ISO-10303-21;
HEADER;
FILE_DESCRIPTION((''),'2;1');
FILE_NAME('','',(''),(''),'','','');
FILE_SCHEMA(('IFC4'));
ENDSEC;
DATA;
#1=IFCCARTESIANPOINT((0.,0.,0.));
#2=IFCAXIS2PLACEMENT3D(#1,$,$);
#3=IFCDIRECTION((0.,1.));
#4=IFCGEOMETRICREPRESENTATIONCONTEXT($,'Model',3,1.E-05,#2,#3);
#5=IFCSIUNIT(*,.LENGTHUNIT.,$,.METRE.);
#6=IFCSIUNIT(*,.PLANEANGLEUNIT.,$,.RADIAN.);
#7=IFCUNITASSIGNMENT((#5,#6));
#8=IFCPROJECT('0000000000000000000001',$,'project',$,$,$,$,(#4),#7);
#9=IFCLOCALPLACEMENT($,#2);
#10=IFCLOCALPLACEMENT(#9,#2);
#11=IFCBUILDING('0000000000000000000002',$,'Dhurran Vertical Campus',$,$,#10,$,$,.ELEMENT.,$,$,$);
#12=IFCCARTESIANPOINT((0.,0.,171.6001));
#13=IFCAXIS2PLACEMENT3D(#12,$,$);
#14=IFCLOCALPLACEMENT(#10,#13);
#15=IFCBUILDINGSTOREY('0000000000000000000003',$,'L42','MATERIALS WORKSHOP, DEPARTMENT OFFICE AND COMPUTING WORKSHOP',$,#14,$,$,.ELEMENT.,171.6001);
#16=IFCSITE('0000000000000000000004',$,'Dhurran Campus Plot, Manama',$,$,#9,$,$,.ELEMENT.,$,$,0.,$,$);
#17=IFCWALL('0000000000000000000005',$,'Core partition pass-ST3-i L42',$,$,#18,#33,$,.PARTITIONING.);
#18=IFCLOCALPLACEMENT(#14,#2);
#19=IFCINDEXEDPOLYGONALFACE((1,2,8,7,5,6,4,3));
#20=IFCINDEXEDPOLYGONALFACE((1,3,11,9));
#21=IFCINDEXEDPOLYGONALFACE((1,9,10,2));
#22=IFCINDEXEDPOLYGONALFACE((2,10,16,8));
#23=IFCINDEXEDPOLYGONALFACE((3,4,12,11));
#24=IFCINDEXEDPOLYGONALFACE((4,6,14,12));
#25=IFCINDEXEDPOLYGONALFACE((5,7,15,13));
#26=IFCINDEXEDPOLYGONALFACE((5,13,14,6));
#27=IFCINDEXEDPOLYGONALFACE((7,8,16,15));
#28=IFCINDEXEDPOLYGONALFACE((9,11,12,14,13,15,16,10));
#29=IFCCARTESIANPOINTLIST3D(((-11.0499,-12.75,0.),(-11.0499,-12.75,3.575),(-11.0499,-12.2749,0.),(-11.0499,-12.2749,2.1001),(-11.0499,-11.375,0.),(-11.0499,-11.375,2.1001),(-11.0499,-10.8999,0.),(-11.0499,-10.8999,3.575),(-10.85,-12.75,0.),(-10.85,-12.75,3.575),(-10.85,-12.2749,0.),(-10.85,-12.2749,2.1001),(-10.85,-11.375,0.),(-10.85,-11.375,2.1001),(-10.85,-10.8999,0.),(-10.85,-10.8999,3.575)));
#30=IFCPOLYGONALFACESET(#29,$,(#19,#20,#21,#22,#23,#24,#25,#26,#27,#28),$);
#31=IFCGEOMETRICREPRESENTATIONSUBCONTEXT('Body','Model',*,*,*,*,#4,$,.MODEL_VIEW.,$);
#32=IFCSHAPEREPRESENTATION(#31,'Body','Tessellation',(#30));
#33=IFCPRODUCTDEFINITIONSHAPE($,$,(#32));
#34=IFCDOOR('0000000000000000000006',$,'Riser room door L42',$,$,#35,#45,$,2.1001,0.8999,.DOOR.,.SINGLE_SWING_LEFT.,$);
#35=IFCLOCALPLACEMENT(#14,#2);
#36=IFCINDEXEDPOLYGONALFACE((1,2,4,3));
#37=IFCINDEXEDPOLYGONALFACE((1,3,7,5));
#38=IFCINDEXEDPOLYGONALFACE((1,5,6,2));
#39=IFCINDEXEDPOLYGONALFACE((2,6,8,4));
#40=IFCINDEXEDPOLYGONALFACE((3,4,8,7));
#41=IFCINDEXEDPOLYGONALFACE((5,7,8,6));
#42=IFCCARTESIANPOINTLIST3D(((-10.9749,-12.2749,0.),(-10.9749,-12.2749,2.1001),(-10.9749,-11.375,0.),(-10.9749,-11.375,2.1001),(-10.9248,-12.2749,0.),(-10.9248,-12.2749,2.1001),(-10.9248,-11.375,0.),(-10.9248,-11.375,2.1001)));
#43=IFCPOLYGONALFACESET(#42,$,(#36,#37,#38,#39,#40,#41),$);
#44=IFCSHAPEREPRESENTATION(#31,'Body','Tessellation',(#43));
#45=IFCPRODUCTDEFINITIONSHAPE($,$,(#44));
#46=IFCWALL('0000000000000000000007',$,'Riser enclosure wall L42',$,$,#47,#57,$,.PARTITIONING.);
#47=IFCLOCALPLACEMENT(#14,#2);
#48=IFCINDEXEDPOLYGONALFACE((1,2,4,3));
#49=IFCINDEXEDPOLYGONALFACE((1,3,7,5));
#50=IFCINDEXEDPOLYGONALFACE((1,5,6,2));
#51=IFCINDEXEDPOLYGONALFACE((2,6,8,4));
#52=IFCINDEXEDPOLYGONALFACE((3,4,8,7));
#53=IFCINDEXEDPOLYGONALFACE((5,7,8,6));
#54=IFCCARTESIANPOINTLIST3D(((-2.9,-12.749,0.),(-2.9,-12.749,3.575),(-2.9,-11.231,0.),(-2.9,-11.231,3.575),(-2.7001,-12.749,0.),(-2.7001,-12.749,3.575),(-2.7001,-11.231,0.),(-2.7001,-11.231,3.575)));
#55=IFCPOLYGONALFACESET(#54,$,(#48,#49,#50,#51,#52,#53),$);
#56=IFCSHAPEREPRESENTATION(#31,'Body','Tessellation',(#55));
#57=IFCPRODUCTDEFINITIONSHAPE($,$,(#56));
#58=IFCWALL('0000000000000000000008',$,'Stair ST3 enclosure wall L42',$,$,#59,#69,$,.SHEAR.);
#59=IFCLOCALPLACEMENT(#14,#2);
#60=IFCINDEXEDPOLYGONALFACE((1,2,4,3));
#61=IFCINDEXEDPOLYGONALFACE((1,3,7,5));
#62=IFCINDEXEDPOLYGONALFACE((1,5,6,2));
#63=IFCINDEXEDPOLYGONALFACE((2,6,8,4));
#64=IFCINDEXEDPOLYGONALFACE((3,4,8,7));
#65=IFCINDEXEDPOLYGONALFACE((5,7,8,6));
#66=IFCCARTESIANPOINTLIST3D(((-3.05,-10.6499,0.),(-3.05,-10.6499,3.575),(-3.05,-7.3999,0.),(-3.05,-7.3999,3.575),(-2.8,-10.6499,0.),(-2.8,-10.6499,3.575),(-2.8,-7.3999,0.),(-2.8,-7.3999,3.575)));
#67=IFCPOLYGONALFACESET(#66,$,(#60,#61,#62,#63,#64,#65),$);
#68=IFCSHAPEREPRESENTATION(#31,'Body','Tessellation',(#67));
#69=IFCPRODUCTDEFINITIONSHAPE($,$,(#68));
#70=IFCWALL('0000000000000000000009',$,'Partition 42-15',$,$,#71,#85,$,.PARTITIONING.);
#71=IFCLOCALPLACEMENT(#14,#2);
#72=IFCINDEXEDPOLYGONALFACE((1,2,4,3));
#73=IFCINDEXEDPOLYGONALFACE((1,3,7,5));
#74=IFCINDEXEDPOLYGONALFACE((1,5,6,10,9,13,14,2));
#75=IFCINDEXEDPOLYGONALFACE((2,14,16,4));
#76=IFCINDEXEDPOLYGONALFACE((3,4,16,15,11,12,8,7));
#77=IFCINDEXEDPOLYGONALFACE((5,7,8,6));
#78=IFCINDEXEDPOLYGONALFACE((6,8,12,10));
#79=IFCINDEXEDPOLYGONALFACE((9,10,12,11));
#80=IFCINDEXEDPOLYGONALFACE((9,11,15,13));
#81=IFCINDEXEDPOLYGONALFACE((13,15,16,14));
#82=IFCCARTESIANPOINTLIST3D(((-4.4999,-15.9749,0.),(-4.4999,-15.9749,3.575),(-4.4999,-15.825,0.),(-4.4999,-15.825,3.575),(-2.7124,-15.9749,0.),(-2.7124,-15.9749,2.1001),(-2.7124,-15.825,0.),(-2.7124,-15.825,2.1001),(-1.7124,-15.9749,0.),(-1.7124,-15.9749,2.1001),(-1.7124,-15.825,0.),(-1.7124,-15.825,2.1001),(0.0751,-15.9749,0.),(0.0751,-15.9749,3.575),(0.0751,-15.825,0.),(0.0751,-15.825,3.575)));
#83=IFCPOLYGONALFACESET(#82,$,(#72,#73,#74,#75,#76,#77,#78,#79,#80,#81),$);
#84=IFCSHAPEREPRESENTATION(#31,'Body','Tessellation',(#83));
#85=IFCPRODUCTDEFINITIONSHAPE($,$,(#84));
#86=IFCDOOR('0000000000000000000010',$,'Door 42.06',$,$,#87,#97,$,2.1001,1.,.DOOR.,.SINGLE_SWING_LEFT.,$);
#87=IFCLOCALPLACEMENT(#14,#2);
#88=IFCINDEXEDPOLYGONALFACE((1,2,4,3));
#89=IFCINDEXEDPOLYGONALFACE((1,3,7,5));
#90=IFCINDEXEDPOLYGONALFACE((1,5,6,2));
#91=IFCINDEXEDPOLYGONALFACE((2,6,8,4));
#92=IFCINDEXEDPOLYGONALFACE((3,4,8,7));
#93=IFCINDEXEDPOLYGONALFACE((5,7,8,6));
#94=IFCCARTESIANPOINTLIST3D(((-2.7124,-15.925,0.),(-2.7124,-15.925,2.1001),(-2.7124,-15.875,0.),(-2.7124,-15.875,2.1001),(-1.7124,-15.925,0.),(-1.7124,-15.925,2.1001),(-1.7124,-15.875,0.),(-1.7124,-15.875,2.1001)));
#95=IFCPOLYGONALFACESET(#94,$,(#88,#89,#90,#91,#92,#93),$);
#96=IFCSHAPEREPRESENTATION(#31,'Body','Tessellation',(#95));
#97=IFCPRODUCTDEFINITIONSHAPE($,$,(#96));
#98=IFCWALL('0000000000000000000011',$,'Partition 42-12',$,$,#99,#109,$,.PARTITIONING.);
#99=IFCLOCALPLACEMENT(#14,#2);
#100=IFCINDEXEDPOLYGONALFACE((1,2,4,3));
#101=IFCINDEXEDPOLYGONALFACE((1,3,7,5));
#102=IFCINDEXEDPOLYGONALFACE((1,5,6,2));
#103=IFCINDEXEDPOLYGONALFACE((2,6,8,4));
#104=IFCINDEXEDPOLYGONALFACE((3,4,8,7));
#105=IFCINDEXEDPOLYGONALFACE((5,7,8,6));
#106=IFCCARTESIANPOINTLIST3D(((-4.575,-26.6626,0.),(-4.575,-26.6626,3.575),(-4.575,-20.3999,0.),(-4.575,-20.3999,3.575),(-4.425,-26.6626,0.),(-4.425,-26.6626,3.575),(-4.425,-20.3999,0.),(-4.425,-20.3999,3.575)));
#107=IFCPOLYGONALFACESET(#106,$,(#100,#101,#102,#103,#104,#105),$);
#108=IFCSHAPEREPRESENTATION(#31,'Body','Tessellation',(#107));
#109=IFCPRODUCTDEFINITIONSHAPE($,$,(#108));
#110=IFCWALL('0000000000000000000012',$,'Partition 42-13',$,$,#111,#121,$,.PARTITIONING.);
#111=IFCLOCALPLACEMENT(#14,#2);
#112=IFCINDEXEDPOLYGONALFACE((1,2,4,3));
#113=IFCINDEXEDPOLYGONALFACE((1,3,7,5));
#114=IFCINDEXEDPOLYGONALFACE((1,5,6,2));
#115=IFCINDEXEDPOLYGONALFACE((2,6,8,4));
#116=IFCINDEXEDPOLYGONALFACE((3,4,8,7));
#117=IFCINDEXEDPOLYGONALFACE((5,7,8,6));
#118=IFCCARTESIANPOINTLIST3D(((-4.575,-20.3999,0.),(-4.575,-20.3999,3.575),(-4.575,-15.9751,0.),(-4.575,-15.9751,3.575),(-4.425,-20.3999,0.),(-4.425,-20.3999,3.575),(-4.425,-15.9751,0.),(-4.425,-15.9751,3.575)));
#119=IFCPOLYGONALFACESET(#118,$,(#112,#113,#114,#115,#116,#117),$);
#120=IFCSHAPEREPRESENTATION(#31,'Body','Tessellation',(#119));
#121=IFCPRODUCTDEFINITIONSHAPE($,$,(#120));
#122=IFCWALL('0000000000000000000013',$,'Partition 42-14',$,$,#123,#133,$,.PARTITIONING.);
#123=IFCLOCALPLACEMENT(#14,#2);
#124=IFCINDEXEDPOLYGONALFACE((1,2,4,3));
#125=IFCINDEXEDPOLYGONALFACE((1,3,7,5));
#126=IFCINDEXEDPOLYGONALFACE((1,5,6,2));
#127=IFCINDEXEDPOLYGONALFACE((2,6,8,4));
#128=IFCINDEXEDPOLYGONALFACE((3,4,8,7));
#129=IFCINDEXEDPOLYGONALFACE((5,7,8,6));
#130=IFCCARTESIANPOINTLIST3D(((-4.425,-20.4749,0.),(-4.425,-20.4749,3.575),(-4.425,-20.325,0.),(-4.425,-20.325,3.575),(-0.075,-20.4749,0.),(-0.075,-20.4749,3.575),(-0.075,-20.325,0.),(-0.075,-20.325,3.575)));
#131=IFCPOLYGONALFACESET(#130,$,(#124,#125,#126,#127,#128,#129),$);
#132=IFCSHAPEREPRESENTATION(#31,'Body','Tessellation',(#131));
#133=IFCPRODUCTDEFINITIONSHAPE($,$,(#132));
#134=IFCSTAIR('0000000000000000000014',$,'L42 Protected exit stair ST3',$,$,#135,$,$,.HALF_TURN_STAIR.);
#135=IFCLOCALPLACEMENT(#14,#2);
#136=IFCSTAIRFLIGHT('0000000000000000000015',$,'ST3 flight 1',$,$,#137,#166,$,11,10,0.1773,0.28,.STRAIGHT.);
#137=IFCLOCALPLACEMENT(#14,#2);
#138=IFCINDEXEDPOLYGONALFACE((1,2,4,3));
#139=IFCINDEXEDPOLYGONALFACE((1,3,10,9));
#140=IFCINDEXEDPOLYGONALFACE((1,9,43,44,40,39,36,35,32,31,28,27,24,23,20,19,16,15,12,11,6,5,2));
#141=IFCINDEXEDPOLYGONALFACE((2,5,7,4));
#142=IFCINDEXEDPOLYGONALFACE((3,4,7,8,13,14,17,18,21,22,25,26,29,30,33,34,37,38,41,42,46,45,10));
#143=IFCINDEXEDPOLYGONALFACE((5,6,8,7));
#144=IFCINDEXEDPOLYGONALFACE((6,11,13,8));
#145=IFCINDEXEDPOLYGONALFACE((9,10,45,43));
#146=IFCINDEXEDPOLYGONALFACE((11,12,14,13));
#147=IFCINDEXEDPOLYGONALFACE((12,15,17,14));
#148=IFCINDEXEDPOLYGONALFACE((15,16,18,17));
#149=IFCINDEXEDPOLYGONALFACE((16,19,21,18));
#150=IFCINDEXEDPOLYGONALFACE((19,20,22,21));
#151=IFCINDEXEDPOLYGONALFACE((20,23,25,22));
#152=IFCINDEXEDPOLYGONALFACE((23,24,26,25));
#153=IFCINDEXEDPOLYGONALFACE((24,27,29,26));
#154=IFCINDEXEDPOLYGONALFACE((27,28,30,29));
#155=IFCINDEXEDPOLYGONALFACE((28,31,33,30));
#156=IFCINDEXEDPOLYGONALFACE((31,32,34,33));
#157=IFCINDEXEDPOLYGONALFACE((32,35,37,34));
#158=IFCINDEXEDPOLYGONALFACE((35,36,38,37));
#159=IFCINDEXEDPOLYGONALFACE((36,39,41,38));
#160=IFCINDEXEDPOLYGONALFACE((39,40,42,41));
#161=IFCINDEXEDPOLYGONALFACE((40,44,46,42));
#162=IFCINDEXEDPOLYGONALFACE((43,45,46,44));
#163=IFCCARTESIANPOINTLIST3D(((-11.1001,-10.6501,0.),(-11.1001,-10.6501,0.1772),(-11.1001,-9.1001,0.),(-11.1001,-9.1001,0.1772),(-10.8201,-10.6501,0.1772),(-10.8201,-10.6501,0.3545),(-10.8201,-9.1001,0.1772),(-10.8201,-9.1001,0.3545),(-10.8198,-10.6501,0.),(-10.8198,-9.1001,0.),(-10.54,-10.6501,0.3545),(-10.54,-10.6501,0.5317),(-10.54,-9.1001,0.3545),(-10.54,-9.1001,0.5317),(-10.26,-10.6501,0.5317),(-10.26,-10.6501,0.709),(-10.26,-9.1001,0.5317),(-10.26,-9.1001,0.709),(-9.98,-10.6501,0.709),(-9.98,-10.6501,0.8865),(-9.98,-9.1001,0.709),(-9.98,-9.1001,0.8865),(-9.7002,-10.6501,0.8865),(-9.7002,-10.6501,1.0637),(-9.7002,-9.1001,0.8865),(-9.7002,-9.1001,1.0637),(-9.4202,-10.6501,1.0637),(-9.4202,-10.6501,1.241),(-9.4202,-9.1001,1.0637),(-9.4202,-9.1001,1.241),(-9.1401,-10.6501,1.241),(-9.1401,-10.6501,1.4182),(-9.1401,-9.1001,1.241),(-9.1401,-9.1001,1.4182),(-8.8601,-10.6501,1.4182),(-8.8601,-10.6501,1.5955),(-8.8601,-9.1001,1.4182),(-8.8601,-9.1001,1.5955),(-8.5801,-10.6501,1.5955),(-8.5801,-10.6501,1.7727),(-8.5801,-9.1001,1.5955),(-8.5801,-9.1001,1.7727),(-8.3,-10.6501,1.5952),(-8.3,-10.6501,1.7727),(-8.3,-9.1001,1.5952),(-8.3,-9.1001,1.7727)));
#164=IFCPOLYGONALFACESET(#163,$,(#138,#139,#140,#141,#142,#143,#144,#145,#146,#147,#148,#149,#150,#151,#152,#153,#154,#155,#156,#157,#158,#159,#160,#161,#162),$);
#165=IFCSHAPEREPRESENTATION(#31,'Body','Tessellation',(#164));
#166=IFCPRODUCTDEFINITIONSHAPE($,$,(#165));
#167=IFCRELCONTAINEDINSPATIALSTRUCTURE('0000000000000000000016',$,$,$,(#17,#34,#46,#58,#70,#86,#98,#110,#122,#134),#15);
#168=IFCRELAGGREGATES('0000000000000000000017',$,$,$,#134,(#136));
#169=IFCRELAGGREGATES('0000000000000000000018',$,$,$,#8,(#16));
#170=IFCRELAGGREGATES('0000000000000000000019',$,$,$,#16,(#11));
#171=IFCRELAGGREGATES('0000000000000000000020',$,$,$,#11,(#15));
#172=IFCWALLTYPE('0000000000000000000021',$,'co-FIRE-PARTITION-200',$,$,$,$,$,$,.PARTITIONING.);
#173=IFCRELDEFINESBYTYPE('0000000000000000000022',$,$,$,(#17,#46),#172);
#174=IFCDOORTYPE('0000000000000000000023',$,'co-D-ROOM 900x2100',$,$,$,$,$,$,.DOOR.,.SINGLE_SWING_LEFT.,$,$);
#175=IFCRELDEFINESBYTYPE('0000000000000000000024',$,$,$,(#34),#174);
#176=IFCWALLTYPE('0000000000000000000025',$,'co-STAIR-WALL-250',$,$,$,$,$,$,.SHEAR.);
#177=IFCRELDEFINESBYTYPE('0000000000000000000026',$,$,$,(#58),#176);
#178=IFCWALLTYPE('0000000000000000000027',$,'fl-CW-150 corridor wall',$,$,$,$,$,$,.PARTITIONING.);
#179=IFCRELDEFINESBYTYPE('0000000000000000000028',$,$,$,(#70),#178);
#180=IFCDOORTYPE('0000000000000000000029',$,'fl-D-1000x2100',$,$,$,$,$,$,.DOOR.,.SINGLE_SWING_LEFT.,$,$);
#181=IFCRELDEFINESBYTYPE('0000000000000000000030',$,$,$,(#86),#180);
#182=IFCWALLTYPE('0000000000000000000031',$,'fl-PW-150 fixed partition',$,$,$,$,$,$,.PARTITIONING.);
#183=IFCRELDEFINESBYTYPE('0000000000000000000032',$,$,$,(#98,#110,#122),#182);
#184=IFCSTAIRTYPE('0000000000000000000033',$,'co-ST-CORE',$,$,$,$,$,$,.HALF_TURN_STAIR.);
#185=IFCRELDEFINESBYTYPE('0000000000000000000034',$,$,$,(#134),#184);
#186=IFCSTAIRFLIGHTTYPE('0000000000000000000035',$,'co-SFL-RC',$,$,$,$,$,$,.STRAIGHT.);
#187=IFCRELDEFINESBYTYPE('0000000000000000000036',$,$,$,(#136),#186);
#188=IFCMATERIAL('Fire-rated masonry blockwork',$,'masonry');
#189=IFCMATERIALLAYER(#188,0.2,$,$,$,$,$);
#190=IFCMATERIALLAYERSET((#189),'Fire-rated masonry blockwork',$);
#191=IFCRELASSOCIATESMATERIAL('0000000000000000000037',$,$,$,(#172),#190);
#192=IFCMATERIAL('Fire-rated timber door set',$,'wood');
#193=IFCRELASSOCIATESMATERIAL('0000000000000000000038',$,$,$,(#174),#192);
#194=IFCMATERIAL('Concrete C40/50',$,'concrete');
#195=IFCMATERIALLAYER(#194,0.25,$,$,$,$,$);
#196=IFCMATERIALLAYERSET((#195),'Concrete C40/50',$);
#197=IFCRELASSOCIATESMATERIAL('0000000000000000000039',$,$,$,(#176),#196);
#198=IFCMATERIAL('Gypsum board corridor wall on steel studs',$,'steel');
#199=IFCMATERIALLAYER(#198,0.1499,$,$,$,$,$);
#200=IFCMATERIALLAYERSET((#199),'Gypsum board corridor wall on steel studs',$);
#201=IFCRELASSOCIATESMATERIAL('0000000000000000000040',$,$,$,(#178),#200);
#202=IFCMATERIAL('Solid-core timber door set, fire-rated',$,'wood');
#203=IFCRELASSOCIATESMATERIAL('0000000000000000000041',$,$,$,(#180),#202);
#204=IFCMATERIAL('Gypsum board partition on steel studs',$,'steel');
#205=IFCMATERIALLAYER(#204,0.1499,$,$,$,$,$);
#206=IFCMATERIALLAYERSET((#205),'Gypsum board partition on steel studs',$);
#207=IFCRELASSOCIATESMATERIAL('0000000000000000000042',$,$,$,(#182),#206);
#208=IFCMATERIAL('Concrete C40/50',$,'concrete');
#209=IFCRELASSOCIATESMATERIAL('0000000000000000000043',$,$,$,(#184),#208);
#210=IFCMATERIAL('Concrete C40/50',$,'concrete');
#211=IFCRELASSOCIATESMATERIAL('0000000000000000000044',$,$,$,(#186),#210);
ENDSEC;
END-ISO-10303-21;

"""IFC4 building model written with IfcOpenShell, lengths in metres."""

from ifc_helpers import new_model, si_unit, direction, frame, frame_2d, origin, place, context, subcontext, project, spatial, polyline, rectangle, outline, extrude, material, layer, layer_set, type_object, element, fill, aggregate, save


model = new_model("IFC4")

# Units and contexts
model_context = context("Model", 3, precision=1e-05, world=origin(), true_north=direction((0.0, 1.0)))
body_context = subcontext(model_context, "Body", "Model", "MODEL_VIEW")
ifc_project = project(units=[si_unit("LENGTHUNIT", "METRE"), si_unit("PLANEANGLEUNIT", "RADIAN")], contexts=[model_context])

# Site, building, storey
site_placement = place(None, origin())
site = spatial("IfcSite", under=ifc_project, at=site_placement, Name="Dhurran Campus Plot, Manama", CompositionType="ELEMENT", RefElevation=0.0)
building_placement = place(site_placement, origin())
building = spatial("IfcBuilding", under=site, at=building_placement, Name="Dhurran Vertical Campus", CompositionType="ELEMENT")
storey_placement = place(building_placement, frame((0.0, 0.0, 171.6001)))
storey = spatial("IfcBuildingStorey", under=building, at=storey_placement, Name="L42", Description="MATERIALS WORKSHOP, DEPARTMENT OFFICE AND COMPUTING WORKSHOP", CompositionType="ELEMENT", Elevation=171.6001)

# Shared definitions
ifc_material_1 = material(Name="Fire-rated masonry blockwork", Category="masonry")
ifc_layer_1 = layer(ifc_material_1, 0.2)
ifc_layer_set_1 = layer_set([ifc_layer_1], Name="Fire-rated masonry blockwork")
wall_type_1 = type_object("IfcWallType", Name="co-FIRE-PARTITION-200", PredefinedType="PARTITIONING", material=ifc_layer_set_1)

# Shared definitions
ifc_material_2 = material(Name="Fire-rated timber door set", Category="wood")
door_type_1 = type_object("IfcDoorType", Name="co-D-ROOM 900x2100", OperationType="SINGLE_SWING_LEFT", PredefinedType="DOOR", material=ifc_material_2)

# Wall, opening, door
wall_1_placement = place(storey_placement, frame((-10.95, -12.75, 0.0), z_axis=(0.0, 0.0, 1.0), x_axis=(0.0, 1.0, 0.0)))
wall_1 = element("IfcWall", 1, at=wall_1_placement, inside=storey, type_object=wall_type_1, Name="Core partition pass-ST3-i L42", PredefinedType="PARTITIONING", context=body_context, shape_type="SweptSolid", body=[
    extrude(rectangle(XDim=1.8501, YDim=0.2, at=frame_2d((0.925, 0.0))), origin(), (0.0, 0.0, 1.0), 3.575),
])
opening_1_placement = place(wall_1_placement, frame((0.4751, 0.0, 0.0)))
opening_1 = element("IfcOpeningElement", 2, at=opening_1_placement, cuts=wall_1, PredefinedType="OPENING", context=body_context, shape_type="SweptSolid", body=[
    extrude(rectangle(XDim=0.8999, YDim=2.1001, at=frame_2d((0.45, 1.05))), frame((0.0, 0.1099, 0.0), z_axis=(0.0, -1.0, 0.0), x_axis=(1.0, 0.0, 0.0)), (0.0, 0.0, 1.0), 0.22),
])
door_1_placement = place(opening_1_placement, origin())
door_1 = element("IfcDoor", 3, at=door_1_placement, inside=storey, type_object=door_type_1, Name="Riser room door L42", OperationType="SINGLE_SWING_LEFT", OverallHeight=2.1001, OverallWidth=0.8999, PredefinedType="DOOR", context=body_context, shape_type="SweptSolid", body=[
    extrude(rectangle(XDim=0.8999, YDim=2.1001, at=frame_2d((0.45, 1.05))), frame((0.0, 0.0249, 0.0), z_axis=(0.0, -1.0, 0.0), x_axis=(1.0, 0.0, 0.0)), (0.0, 0.0, 1.0), 0.05),
])
fill(opening_1, door_1)

# Walls
wall_2_placement = place(storey_placement, frame((-2.8, -12.749, 0.0), z_axis=(0.0, 0.0, 1.0), x_axis=(0.0, 1.0, 0.0)))
element("IfcWall", 4, at=wall_2_placement, inside=storey, type_object=wall_type_1, Name="Riser enclosure wall L42", PredefinedType="PARTITIONING", context=body_context, shape_type="SweptSolid", body=[
    extrude(rectangle(XDim=1.5181, YDim=0.2, at=frame_2d((0.759, 0.0))), origin(), (0.0, 0.0, 1.0), 3.575),
])
ifc_material_3 = material(Name="Concrete C40/50", Category="concrete")
ifc_layer_2 = layer(ifc_material_3, 0.25)
ifc_layer_set_2 = layer_set([ifc_layer_2], Name="Concrete C40/50")
wall_type_2 = type_object("IfcWallType", Name="co-STAIR-WALL-250", PredefinedType="SHEAR", material=ifc_layer_set_2)
wall_3_placement = place(storey_placement, frame((-2.925, -10.6499, 0.0), z_axis=(0.0, 0.0, 1.0), x_axis=(0.0, 1.0, 0.0)))
element("IfcWall", 5, at=wall_3_placement, inside=storey, type_object=wall_type_2, Name="Stair ST3 enclosure wall L42", PredefinedType="SHEAR", context=body_context, shape_type="SweptSolid", body=[
    extrude(rectangle(XDim=3.25, YDim=0.25, at=frame_2d((1.625, 0.0))), origin(), (0.0, 0.0, 1.0), 3.575),
])

# Wall, opening, door
ifc_material_4 = material(Name="Gypsum board corridor wall on steel studs", Category="steel")
ifc_layer_3 = layer(ifc_material_4, 0.1499)
ifc_layer_set_3 = layer_set([ifc_layer_3], Name="Gypsum board corridor wall on steel studs")
wall_type_3 = type_object("IfcWallType", Name="fl-CW-150 corridor wall", PredefinedType="PARTITIONING", material=ifc_layer_set_3)
wall_4_placement = place(storey_placement, frame((-4.5, -15.8999, 0.0), z_axis=(0.0, 0.0, 1.0), x_axis=(1.0, 0.0, 0.0)))
wall_4 = element("IfcWall", 6, at=wall_4_placement, inside=storey, type_object=wall_type_3, Name="Partition 42-15", PredefinedType="PARTITIONING", context=body_context, shape_type="SweptSolid", body=[
    extrude(rectangle(XDim=4.575, YDim=0.1499, at=frame_2d((2.2876, 0.0))), origin(), (0.0, 0.0, 1.0), 3.575),
])
opening_2_placement = place(wall_4_placement, frame((1.7876, 0.0, 0.0)))
opening_2 = element("IfcOpeningElement", 7, at=opening_2_placement, cuts=wall_4, PredefinedType="OPENING", context=body_context, shape_type="SweptSolid", body=[
    extrude(rectangle(XDim=1.0, YDim=2.1001, at=frame_2d((0.5, 1.05))), frame((0.0, 0.085, 0.0), z_axis=(0.0, -1.0, 0.0), x_axis=(1.0, 0.0, 0.0)), (0.0, 0.0, 1.0), 0.1699),
])
ifc_material_5 = material(Name="Solid-core timber door set, fire-rated", Category="wood")
door_type_2 = type_object("IfcDoorType", Name="fl-D-1000x2100", OperationType="SINGLE_SWING_LEFT", PredefinedType="DOOR", material=ifc_material_5)
door_2_placement = place(opening_2_placement, origin())
door_2 = element("IfcDoor", 8, at=door_2_placement, inside=storey, type_object=door_type_2, Name="Door 42.06", OperationType="SINGLE_SWING_LEFT", OverallHeight=2.1001, OverallWidth=1.0, PredefinedType="DOOR", context=body_context, shape_type="SweptSolid", body=[
    extrude(rectangle(XDim=1.0, YDim=2.1001, at=frame_2d((0.5, 1.05))), frame((0.0, 0.0249, 0.0), z_axis=(0.0, -1.0, 0.0), x_axis=(1.0, 0.0, 0.0)), (0.0, 0.0, 1.0), 0.05),
])
fill(opening_2, door_2)

# Walls
ifc_material_6 = material(Name="Gypsum board partition on steel studs", Category="steel")
ifc_layer_4 = layer(ifc_material_6, 0.1499)
ifc_layer_set_4 = layer_set([ifc_layer_4], Name="Gypsum board partition on steel studs")
wall_type_4 = type_object("IfcWallType", Name="fl-PW-150 fixed partition", PredefinedType="PARTITIONING", material=ifc_layer_set_4)
wall_5_placement = place(storey_placement, frame((-4.5, -20.3999, 0.0), z_axis=(0.0, 0.0, 1.0), x_axis=(0.0, -1.0, 0.0)))
element("IfcWall", 9, at=wall_5_placement, inside=storey, type_object=wall_type_4, Name="Partition 42-12", PredefinedType="PARTITIONING", context=body_context, shape_type="SweptSolid", body=[
    extrude(rectangle(XDim=6.2627, YDim=0.1499, at=frame_2d((3.1313, 0.0))), origin(), (0.0, 0.0, 1.0), 3.575),
])
wall_6_placement = place(storey_placement, frame((-4.5, -15.9751, 0.0), z_axis=(0.0, 0.0, 1.0), x_axis=(0.0, -1.0, 0.0)))
element("IfcWall", 10, at=wall_6_placement, inside=storey, type_object=wall_type_4, Name="Partition 42-13", PredefinedType="PARTITIONING", context=body_context, shape_type="SweptSolid", body=[
    extrude(rectangle(XDim=4.4248, YDim=0.1499, at=frame_2d((2.2124, 0.0))), origin(), (0.0, 0.0, 1.0), 3.575),
])
wall_7_placement = place(storey_placement, frame((-4.425, -20.3999, 0.0), z_axis=(0.0, 0.0, 1.0), x_axis=(1.0, 0.0, 0.0)))
element("IfcWall", 11, at=wall_7_placement, inside=storey, type_object=wall_type_4, Name="Partition 42-14", PredefinedType="PARTITIONING", context=body_context, shape_type="SweptSolid", body=[
    extrude(rectangle(XDim=4.3501, YDim=0.1499, at=frame_2d((2.175, 0.0))), origin(), (0.0, 0.0, 1.0), 3.575),
])

# Stair, stair flight
ifc_material_7 = material(Name="Concrete C40/50", Category="concrete")
stair_type = type_object("IfcStairType", Name="co-ST-CORE", PredefinedType="HALF_TURN_STAIR", material=ifc_material_7)
stair_placement = place(storey_placement, origin())
stair = element("IfcStair", 12, at=stair_placement, inside=storey, type_object=stair_type, Name="L42 Protected exit stair ST3", PredefinedType="HALF_TURN_STAIR")
ifc_material_8 = material(Name="Concrete C40/50", Category="concrete")
stair_flight_type = type_object("IfcStairFlightType", Name="co-SFL-RC", PredefinedType="STRAIGHT", material=ifc_material_8)
stair_flight_placement = place(storey_placement, frame((-11.1001, -9.875, 0.0), z_axis=(0.0, 0.0, 1.0), x_axis=(1.0, 0.0, 0.0)))
stair_flight = element("IfcStairFlight", 13, at=stair_flight_placement, type_object=stair_flight_type, Name="ST3 flight 1", NumberOfRisers=11, NumberOfTreads=10, PredefinedType="STRAIGHT", RiserHeight=0.1773, TreadLength=0.28, context=body_context, shape_type="SweptSolid", body=[
    extrude(outline(polyline([(0.0, 0.0), (0.0, 0.1772), (0.28, 0.1772), (0.28, 0.3545), (0.5601, 0.3545), (0.5601, 0.5317), (0.8401, 0.5317), (0.8401, 0.709), (1.1201, 0.709), (1.1201, 0.8865), (1.3999, 0.8865), (1.3999, 1.0637), (1.6799, 1.0637), (1.6799, 1.241), (1.96, 1.241), (1.96, 1.4182), (2.24, 1.4182), (2.24, 1.5955), (2.52, 1.5955), (2.52, 1.7727), (2.8, 1.7727), (2.8, 1.95), (2.8, 1.5952), (0.2803, 0.0), (0.0, 0.0)])), frame((0.0, 0.7749, 0.0), z_axis=(0.0, -1.0, 0.0), x_axis=(1.0, 0.0, 0.0)), (0.0, 0.0, 1.0), 1.55),
])
aggregate(stair, [stair_flight])

save(model, "model.ifc")
